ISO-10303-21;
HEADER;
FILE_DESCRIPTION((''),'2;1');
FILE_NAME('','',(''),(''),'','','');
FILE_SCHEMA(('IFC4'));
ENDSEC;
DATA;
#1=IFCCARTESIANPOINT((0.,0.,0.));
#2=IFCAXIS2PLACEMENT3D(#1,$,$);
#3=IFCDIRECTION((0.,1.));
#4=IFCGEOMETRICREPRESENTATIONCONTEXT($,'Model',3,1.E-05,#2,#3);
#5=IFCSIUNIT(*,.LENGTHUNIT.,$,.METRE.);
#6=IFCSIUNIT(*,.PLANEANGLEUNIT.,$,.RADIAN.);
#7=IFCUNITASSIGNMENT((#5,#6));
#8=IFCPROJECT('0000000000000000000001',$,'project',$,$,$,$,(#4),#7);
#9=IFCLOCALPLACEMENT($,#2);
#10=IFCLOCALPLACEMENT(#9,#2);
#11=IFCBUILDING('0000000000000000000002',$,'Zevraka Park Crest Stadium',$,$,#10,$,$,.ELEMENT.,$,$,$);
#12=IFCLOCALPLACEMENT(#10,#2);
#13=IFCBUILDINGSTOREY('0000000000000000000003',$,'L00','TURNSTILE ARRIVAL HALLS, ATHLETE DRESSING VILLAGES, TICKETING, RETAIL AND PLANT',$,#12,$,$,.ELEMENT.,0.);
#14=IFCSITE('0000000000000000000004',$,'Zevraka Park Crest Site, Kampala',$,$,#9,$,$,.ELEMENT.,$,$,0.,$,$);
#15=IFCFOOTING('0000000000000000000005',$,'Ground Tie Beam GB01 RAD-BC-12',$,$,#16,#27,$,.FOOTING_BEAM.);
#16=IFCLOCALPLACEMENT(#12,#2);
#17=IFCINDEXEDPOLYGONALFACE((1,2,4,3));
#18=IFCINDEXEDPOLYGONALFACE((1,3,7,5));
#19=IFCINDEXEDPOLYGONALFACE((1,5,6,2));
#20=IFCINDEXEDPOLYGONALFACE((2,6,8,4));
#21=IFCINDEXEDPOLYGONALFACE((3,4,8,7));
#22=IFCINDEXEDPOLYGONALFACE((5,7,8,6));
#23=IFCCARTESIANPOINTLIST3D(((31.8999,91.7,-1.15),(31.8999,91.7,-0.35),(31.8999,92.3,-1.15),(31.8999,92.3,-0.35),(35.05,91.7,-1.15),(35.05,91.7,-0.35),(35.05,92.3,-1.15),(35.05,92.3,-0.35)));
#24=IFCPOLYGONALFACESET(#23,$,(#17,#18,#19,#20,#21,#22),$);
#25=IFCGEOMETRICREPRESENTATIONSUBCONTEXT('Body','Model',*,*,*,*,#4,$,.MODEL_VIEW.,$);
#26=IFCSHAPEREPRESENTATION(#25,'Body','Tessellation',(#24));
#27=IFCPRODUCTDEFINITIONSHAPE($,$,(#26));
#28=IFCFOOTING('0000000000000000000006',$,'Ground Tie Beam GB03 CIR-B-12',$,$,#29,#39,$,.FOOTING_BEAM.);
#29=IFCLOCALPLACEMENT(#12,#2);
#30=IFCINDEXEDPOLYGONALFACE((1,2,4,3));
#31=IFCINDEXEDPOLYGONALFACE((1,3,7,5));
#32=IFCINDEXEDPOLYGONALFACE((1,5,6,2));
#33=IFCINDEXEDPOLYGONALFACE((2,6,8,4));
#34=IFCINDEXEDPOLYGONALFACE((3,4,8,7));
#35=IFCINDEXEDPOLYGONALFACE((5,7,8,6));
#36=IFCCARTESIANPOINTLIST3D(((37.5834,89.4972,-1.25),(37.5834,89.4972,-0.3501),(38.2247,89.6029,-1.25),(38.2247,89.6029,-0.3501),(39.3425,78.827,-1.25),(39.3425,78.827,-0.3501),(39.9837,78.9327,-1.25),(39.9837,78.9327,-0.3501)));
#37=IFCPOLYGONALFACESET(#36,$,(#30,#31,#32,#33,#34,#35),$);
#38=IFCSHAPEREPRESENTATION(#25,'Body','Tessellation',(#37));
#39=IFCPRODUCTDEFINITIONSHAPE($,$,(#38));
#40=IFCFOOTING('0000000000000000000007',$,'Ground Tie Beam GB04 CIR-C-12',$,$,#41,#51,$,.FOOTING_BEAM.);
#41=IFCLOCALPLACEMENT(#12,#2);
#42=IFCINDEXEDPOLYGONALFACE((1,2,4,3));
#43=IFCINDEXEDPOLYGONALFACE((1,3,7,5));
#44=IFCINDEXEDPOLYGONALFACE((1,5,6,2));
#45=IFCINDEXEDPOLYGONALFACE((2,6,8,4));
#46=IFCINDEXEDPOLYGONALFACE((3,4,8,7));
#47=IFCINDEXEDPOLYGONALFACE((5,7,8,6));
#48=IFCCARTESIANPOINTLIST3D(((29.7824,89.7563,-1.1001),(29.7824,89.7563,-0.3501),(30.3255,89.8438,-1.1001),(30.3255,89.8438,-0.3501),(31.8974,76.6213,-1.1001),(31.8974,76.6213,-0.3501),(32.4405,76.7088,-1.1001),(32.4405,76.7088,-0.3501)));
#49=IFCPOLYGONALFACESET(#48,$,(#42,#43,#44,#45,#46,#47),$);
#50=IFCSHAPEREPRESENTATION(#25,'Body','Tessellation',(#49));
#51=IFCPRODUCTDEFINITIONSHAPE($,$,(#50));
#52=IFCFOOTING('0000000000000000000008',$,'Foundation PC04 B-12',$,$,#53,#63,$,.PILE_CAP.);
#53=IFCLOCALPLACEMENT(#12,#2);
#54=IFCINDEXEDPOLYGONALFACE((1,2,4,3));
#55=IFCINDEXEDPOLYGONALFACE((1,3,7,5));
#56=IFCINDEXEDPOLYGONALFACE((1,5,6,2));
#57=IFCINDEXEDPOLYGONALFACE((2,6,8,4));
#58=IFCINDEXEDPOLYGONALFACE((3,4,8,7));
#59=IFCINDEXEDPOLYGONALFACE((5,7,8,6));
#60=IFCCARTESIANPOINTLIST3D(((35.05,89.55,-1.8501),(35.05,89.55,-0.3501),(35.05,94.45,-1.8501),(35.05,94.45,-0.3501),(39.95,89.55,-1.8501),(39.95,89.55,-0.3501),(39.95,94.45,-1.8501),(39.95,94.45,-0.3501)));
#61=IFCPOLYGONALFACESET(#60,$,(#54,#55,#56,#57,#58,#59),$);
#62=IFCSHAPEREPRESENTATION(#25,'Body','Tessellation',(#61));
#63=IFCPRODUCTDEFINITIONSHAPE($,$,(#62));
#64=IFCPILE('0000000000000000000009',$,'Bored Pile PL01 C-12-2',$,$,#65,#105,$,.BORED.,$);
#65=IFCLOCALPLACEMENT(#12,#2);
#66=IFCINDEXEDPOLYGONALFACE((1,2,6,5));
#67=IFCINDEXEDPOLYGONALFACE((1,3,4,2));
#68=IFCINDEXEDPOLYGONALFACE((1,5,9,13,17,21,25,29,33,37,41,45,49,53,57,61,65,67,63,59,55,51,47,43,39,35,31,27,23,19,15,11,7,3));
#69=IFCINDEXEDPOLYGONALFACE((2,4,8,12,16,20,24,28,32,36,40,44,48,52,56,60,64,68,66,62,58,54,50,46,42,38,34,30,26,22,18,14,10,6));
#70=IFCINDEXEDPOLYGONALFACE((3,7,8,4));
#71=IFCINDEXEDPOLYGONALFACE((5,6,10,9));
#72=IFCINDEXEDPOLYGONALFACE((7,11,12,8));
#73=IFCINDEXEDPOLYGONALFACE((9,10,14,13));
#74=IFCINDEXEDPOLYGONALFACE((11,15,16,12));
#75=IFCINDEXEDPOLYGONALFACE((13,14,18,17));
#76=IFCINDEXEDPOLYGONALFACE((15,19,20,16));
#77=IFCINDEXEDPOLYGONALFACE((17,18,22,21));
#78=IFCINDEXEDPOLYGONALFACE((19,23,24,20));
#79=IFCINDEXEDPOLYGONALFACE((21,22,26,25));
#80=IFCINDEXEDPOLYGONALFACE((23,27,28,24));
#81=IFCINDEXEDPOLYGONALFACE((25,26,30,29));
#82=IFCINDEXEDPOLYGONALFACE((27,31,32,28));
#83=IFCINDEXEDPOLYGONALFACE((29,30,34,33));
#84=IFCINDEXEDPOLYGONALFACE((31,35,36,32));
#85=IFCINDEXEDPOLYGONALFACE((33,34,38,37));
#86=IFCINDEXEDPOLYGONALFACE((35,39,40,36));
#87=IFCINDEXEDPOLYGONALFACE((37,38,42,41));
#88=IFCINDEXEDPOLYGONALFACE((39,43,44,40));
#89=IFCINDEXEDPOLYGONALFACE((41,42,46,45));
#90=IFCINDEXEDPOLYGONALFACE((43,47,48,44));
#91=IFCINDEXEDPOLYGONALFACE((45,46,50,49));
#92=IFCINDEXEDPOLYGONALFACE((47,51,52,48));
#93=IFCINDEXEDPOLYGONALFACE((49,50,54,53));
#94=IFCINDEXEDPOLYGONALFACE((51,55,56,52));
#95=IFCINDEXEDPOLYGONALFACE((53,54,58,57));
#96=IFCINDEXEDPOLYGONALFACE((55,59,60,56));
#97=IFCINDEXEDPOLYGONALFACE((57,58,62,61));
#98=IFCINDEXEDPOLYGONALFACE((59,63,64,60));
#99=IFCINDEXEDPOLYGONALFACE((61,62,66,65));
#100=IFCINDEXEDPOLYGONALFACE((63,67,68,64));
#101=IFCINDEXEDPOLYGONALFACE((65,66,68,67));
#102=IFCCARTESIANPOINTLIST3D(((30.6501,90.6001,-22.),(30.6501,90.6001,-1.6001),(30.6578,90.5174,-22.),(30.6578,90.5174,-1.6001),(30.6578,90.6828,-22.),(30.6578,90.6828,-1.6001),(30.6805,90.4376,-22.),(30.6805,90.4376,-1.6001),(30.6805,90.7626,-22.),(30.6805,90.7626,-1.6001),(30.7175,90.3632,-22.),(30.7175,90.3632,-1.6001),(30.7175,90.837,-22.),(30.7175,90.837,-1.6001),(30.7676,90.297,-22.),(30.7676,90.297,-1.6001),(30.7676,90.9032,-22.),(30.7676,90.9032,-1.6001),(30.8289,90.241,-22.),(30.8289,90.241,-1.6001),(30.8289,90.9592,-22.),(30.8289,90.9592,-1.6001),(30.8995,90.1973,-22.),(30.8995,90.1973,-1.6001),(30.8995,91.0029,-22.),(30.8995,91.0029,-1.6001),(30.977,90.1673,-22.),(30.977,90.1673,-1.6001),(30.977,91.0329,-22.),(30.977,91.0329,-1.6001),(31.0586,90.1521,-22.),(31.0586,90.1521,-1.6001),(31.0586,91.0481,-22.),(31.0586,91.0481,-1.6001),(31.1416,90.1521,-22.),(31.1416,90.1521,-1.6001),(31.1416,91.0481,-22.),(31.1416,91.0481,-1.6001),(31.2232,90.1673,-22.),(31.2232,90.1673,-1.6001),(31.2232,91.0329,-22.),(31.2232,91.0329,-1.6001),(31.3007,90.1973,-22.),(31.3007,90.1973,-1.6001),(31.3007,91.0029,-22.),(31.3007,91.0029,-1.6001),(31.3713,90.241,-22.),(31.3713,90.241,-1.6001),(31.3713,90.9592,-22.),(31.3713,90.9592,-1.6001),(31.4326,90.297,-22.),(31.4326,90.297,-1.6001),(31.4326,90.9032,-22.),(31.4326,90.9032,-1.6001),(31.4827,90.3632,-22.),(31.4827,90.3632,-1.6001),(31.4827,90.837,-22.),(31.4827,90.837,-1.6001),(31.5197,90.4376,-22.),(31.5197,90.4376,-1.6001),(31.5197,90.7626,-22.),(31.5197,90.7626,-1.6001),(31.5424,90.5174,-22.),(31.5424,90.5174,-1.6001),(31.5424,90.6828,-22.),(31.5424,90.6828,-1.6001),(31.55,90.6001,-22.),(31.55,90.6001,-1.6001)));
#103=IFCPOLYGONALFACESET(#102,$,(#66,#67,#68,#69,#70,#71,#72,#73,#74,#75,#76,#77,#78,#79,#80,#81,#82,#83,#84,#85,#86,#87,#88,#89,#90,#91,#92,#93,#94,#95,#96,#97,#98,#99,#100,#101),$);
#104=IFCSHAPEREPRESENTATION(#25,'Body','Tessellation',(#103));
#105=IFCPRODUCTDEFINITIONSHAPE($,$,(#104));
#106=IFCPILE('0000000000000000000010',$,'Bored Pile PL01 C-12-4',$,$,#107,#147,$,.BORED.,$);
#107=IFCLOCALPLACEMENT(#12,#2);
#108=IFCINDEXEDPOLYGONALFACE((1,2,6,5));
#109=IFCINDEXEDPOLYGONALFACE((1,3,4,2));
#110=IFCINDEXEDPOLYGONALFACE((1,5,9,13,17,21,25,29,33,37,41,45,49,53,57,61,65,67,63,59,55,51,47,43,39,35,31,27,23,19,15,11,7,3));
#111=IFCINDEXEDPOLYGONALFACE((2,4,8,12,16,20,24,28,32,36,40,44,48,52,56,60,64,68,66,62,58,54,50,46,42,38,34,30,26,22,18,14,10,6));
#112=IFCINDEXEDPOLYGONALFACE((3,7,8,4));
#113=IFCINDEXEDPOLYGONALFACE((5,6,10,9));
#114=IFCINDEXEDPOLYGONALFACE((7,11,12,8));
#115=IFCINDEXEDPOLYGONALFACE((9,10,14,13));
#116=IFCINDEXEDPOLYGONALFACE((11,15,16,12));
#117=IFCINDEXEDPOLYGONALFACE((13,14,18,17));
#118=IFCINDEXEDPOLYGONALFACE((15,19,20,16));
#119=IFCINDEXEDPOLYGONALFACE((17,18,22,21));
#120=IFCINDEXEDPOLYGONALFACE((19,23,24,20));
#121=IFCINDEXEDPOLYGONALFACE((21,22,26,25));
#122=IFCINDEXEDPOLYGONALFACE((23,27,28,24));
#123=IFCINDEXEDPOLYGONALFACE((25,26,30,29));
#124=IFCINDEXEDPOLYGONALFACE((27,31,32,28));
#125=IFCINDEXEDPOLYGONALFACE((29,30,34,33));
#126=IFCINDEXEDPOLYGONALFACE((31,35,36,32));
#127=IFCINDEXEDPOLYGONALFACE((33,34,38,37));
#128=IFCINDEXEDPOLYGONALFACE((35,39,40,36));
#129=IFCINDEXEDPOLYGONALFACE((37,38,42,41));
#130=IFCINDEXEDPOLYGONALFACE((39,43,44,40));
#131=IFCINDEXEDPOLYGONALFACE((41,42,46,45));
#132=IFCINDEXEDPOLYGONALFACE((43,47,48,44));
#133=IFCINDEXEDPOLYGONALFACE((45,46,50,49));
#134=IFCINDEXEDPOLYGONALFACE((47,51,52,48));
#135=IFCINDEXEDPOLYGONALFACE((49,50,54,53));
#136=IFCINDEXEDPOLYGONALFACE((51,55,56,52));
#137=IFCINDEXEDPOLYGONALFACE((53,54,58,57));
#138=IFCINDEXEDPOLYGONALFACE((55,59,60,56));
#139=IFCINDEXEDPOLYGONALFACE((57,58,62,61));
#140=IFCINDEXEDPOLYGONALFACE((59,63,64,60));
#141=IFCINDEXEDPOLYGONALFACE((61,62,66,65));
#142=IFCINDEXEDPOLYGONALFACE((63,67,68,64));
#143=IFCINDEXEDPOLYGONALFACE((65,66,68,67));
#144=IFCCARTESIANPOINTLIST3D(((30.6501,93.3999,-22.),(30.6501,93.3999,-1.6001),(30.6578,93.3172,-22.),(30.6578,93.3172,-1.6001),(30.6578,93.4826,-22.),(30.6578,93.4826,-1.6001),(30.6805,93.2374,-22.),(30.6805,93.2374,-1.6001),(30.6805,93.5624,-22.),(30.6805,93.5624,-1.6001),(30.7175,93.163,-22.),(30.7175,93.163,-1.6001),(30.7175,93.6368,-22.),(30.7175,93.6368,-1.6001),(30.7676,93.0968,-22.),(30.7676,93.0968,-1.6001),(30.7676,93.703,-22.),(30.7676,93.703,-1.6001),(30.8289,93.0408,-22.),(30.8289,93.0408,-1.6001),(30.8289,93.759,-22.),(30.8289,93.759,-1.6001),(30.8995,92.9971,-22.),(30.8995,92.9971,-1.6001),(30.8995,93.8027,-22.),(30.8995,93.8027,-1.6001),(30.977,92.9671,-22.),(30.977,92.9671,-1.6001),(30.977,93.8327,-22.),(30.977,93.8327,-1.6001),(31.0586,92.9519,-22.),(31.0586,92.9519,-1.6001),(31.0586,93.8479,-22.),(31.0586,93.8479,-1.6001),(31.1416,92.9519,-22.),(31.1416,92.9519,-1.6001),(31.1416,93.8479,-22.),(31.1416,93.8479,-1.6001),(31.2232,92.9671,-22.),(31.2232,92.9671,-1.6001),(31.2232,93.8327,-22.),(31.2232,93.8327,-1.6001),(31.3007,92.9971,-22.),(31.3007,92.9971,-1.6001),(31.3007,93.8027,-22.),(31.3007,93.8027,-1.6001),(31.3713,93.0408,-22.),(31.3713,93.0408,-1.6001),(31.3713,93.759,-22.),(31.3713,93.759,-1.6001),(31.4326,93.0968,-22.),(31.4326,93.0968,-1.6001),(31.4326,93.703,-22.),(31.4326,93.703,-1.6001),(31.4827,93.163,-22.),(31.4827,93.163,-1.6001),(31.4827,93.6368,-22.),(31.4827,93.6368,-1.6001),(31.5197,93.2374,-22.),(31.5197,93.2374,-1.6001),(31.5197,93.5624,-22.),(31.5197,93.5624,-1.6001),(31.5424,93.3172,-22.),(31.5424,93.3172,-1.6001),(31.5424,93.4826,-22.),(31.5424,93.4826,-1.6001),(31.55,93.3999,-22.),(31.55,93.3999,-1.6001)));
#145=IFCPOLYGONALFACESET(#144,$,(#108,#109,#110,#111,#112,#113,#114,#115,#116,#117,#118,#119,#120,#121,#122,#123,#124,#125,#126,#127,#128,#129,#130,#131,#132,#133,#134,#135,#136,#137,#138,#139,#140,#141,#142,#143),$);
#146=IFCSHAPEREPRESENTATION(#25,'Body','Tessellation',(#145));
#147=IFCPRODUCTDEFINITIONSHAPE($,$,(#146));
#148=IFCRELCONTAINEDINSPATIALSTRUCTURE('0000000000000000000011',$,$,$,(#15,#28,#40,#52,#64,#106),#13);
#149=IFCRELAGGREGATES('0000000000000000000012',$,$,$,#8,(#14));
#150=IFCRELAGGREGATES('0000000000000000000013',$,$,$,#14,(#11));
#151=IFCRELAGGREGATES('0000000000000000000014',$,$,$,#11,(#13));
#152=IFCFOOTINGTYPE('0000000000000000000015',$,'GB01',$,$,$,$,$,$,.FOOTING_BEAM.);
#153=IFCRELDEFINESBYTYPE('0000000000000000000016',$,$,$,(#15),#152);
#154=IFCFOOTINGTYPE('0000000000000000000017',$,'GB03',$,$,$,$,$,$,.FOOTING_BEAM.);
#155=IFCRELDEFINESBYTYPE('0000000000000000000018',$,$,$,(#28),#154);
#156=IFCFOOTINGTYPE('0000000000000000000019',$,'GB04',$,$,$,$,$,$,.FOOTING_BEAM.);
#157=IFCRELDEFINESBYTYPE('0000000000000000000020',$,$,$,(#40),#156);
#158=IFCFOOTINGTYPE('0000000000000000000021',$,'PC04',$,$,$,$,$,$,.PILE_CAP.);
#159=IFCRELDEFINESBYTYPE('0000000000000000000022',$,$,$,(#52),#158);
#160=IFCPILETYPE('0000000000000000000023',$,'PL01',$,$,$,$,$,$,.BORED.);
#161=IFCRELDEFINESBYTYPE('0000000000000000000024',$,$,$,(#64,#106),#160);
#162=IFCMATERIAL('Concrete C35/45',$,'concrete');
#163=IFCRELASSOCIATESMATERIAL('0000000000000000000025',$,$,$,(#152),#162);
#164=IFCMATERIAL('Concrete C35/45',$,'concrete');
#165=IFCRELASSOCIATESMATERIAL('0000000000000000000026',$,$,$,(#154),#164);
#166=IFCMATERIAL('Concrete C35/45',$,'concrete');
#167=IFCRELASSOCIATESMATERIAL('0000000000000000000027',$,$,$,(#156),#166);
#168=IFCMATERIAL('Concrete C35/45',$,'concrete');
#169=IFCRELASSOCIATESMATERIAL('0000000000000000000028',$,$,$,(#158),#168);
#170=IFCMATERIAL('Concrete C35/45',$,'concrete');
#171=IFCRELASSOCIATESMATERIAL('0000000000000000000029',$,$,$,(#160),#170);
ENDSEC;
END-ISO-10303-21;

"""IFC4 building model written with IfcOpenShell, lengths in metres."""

from ifc_helpers import new_model, si_unit, direction, frame, origin, origin_2d, place, context, subcontext, project, spatial, rectangle, circle, extrude, material, material_profile, profile_set, type_object, element, save


model = new_model("IFC4")

# Units and contexts
model_context = context("Model", 3, precision=1e-05, world=origin(), true_north=direction((0.0, 1.0)))
body_context = subcontext(model_context, "Body", "Model", "MODEL_VIEW")
ifc_project = project(units=[si_unit("LENGTHUNIT", "METRE"), si_unit("PLANEANGLEUNIT", "RADIAN")], contexts=[model_context])

# Site, building, storey
site_placement = place(None, origin())
site = spatial("IfcSite", under=ifc_project, at=site_placement, Name="Zevraka Park Crest Site, Kampala", CompositionType="ELEMENT", RefElevation=0.0)
building_placement = place(site_placement, origin())
building = spatial("IfcBuilding", under=site, at=building_placement, Name="Zevraka Park Crest Stadium", CompositionType="ELEMENT")
storey_placement = place(building_placement, origin())
storey = spatial("IfcBuildingStorey", under=building, at=storey_placement, Name="L00", Description="TURNSTILE ARRIVAL HALLS, ATHLETE DRESSING VILLAGES, TICKETING, RETAIL AND PLANT", CompositionType="ELEMENT", Elevation=0.0)

# Footings
ifc_material_1 = material(Name="Concrete C35/45", Category="concrete")
ifc_material_profile_1 = material_profile(ifc_material_1, rectangle(XDim=0.6001, YDim=0.8, at=origin_2d()), Name="GB 800x600")
ifc_profile_set_1 = profile_set([ifc_material_profile_1], Name="Concrete C35/45")
footing_type_1 = type_object("IfcFootingType", Name="GB01", PredefinedType="FOOTING_BEAM", material=ifc_profile_set_1)
footing_1_placement = place(storey_placement, frame((35.05, 92.0, -0.75), z_axis=(-1.0, 0.0, 0.0), x_axis=(0.0, -1.0, 0.0)))
element("IfcFooting", 1, at=footing_1_placement, inside=storey, type_object=footing_type_1, Name="Ground Tie Beam GB01 RAD-BC-12", PredefinedType="FOOTING_BEAM", context=body_context, shape_type="SweptSolid", body=[
    extrude(rectangle(XDim=0.6001, YDim=0.8, at=origin_2d()), origin(), (0.0, 0.0, 1.0), 3.1501),
])
ifc_material_2 = material(Name="Concrete C35/45", Category="concrete")
ifc_material_profile_2 = material_profile(ifc_material_2, rectangle(XDim=0.6499, YDim=0.8999, at=origin_2d()), Name="GB 900x650")
ifc_profile_set_2 = profile_set([ifc_material_profile_2], Name="Concrete C35/45")
footing_type_2 = type_object("IfcFootingType", Name="GB03", PredefinedType="FOOTING_BEAM", material=ifc_profile_set_2)
footing_2_placement = place(storey_placement, frame((37.9041, 89.55, -0.8), z_axis=(0.16266, -0.986682, 0.0), x_axis=(0.986682, 0.16266, 0.0)))
element("IfcFooting", 2, at=footing_2_placement, inside=storey, type_object=footing_type_2, Name="Ground Tie Beam GB03 CIR-B-12", PredefinedType="FOOTING_BEAM", context=body_context, shape_type="SweptSolid", body=[
    extrude(rectangle(XDim=0.6499, YDim=0.8999, at=origin_2d()), origin(), (0.0, 0.0, 1.0), 10.8142),
])
ifc_material_3 = material(Name="Concrete C35/45", Category="concrete")
ifc_material_profile_3 = material_profile(ifc_material_3, rectangle(XDim=0.55, YDim=0.75, at=origin_2d()), Name="GB 750x550")
ifc_profile_set_3 = profile_set([ifc_material_profile_3], Name="Concrete C35/45")
footing_type_3 = type_object("IfcFootingType", Name="GB04", PredefinedType="FOOTING_BEAM", material=ifc_profile_set_3)
footing_3_placement = place(storey_placement, frame((30.054, 89.8, -0.7251), z_axis=(0.158972, -0.987283, 0.0), x_axis=(0.987283, 0.158972, 0.0)))
element("IfcFooting", 3, at=footing_3_placement, inside=storey, type_object=footing_type_3, Name="Ground Tie Beam GB04 CIR-C-12", PredefinedType="FOOTING_BEAM", context=body_context, shape_type="SweptSolid", body=[
    extrude(rectangle(XDim=0.55, YDim=0.75, at=origin_2d()), origin(), (0.0, 0.0, 1.0), 13.3042),
])
ifc_material_4 = material(Name="Concrete C35/45", Category="concrete")
footing_type_4 = type_object("IfcFootingType", Name="PC04", PredefinedType="PILE_CAP", material=ifc_material_4)
footing_4_placement = place(storey_placement, frame((37.5, 92.0, -1.8501), z_axis=(0.0, 0.0, 1.0), x_axis=(1.0, 0.0, 0.0)))
element("IfcFooting", 4, at=footing_4_placement, inside=storey, type_object=footing_type_4, Name="Foundation PC04 B-12", PredefinedType="PILE_CAP", context=body_context, shape_type="SweptSolid", body=[
    extrude(rectangle(XDim=4.8999, YDim=4.8999, at=origin_2d()), origin(), (0.0, 0.0, 1.0), 1.5),
])

# Piles
ifc_material_5 = material(Name="Concrete C35/45", Category="concrete")
ifc_material_profile_4 = material_profile(ifc_material_5, circle(Radius=0.45, at=origin_2d()), Name="PILE D900")
ifc_profile_set_4 = profile_set([ifc_material_profile_4], Name="Concrete C35/45")
pile_type_1 = type_object("IfcPileType", Name="PL01", PredefinedType="BORED", material=ifc_profile_set_4)
for number, where, z_axis, x_axis, name in (
    (5, (31.1001, 90.6001, -1.6001), (0.0, 0.0, -1.0), (1.0, 0.0, 0.0), "Bored Pile PL01 C-12-2"),
    (6, (31.1001, 93.3999, -1.6001), (0.0, 0.0, -1.0), (1.0, 0.0, 0.0), "Bored Pile PL01 C-12-4"),
):
    element("IfcPile", number, at=place(storey_placement, frame(where, z_axis=z_axis, x_axis=x_axis)), inside=storey, type_object=pile_type_1, Name=name, PredefinedType="BORED", context=body_context, shape_type="SweptSolid", body=[
        extrude(circle(Radius=0.45, at=origin_2d()), origin(), (0.0, 0.0, 1.0), 20.3999),
    ])

save(model, "model.ifc")
